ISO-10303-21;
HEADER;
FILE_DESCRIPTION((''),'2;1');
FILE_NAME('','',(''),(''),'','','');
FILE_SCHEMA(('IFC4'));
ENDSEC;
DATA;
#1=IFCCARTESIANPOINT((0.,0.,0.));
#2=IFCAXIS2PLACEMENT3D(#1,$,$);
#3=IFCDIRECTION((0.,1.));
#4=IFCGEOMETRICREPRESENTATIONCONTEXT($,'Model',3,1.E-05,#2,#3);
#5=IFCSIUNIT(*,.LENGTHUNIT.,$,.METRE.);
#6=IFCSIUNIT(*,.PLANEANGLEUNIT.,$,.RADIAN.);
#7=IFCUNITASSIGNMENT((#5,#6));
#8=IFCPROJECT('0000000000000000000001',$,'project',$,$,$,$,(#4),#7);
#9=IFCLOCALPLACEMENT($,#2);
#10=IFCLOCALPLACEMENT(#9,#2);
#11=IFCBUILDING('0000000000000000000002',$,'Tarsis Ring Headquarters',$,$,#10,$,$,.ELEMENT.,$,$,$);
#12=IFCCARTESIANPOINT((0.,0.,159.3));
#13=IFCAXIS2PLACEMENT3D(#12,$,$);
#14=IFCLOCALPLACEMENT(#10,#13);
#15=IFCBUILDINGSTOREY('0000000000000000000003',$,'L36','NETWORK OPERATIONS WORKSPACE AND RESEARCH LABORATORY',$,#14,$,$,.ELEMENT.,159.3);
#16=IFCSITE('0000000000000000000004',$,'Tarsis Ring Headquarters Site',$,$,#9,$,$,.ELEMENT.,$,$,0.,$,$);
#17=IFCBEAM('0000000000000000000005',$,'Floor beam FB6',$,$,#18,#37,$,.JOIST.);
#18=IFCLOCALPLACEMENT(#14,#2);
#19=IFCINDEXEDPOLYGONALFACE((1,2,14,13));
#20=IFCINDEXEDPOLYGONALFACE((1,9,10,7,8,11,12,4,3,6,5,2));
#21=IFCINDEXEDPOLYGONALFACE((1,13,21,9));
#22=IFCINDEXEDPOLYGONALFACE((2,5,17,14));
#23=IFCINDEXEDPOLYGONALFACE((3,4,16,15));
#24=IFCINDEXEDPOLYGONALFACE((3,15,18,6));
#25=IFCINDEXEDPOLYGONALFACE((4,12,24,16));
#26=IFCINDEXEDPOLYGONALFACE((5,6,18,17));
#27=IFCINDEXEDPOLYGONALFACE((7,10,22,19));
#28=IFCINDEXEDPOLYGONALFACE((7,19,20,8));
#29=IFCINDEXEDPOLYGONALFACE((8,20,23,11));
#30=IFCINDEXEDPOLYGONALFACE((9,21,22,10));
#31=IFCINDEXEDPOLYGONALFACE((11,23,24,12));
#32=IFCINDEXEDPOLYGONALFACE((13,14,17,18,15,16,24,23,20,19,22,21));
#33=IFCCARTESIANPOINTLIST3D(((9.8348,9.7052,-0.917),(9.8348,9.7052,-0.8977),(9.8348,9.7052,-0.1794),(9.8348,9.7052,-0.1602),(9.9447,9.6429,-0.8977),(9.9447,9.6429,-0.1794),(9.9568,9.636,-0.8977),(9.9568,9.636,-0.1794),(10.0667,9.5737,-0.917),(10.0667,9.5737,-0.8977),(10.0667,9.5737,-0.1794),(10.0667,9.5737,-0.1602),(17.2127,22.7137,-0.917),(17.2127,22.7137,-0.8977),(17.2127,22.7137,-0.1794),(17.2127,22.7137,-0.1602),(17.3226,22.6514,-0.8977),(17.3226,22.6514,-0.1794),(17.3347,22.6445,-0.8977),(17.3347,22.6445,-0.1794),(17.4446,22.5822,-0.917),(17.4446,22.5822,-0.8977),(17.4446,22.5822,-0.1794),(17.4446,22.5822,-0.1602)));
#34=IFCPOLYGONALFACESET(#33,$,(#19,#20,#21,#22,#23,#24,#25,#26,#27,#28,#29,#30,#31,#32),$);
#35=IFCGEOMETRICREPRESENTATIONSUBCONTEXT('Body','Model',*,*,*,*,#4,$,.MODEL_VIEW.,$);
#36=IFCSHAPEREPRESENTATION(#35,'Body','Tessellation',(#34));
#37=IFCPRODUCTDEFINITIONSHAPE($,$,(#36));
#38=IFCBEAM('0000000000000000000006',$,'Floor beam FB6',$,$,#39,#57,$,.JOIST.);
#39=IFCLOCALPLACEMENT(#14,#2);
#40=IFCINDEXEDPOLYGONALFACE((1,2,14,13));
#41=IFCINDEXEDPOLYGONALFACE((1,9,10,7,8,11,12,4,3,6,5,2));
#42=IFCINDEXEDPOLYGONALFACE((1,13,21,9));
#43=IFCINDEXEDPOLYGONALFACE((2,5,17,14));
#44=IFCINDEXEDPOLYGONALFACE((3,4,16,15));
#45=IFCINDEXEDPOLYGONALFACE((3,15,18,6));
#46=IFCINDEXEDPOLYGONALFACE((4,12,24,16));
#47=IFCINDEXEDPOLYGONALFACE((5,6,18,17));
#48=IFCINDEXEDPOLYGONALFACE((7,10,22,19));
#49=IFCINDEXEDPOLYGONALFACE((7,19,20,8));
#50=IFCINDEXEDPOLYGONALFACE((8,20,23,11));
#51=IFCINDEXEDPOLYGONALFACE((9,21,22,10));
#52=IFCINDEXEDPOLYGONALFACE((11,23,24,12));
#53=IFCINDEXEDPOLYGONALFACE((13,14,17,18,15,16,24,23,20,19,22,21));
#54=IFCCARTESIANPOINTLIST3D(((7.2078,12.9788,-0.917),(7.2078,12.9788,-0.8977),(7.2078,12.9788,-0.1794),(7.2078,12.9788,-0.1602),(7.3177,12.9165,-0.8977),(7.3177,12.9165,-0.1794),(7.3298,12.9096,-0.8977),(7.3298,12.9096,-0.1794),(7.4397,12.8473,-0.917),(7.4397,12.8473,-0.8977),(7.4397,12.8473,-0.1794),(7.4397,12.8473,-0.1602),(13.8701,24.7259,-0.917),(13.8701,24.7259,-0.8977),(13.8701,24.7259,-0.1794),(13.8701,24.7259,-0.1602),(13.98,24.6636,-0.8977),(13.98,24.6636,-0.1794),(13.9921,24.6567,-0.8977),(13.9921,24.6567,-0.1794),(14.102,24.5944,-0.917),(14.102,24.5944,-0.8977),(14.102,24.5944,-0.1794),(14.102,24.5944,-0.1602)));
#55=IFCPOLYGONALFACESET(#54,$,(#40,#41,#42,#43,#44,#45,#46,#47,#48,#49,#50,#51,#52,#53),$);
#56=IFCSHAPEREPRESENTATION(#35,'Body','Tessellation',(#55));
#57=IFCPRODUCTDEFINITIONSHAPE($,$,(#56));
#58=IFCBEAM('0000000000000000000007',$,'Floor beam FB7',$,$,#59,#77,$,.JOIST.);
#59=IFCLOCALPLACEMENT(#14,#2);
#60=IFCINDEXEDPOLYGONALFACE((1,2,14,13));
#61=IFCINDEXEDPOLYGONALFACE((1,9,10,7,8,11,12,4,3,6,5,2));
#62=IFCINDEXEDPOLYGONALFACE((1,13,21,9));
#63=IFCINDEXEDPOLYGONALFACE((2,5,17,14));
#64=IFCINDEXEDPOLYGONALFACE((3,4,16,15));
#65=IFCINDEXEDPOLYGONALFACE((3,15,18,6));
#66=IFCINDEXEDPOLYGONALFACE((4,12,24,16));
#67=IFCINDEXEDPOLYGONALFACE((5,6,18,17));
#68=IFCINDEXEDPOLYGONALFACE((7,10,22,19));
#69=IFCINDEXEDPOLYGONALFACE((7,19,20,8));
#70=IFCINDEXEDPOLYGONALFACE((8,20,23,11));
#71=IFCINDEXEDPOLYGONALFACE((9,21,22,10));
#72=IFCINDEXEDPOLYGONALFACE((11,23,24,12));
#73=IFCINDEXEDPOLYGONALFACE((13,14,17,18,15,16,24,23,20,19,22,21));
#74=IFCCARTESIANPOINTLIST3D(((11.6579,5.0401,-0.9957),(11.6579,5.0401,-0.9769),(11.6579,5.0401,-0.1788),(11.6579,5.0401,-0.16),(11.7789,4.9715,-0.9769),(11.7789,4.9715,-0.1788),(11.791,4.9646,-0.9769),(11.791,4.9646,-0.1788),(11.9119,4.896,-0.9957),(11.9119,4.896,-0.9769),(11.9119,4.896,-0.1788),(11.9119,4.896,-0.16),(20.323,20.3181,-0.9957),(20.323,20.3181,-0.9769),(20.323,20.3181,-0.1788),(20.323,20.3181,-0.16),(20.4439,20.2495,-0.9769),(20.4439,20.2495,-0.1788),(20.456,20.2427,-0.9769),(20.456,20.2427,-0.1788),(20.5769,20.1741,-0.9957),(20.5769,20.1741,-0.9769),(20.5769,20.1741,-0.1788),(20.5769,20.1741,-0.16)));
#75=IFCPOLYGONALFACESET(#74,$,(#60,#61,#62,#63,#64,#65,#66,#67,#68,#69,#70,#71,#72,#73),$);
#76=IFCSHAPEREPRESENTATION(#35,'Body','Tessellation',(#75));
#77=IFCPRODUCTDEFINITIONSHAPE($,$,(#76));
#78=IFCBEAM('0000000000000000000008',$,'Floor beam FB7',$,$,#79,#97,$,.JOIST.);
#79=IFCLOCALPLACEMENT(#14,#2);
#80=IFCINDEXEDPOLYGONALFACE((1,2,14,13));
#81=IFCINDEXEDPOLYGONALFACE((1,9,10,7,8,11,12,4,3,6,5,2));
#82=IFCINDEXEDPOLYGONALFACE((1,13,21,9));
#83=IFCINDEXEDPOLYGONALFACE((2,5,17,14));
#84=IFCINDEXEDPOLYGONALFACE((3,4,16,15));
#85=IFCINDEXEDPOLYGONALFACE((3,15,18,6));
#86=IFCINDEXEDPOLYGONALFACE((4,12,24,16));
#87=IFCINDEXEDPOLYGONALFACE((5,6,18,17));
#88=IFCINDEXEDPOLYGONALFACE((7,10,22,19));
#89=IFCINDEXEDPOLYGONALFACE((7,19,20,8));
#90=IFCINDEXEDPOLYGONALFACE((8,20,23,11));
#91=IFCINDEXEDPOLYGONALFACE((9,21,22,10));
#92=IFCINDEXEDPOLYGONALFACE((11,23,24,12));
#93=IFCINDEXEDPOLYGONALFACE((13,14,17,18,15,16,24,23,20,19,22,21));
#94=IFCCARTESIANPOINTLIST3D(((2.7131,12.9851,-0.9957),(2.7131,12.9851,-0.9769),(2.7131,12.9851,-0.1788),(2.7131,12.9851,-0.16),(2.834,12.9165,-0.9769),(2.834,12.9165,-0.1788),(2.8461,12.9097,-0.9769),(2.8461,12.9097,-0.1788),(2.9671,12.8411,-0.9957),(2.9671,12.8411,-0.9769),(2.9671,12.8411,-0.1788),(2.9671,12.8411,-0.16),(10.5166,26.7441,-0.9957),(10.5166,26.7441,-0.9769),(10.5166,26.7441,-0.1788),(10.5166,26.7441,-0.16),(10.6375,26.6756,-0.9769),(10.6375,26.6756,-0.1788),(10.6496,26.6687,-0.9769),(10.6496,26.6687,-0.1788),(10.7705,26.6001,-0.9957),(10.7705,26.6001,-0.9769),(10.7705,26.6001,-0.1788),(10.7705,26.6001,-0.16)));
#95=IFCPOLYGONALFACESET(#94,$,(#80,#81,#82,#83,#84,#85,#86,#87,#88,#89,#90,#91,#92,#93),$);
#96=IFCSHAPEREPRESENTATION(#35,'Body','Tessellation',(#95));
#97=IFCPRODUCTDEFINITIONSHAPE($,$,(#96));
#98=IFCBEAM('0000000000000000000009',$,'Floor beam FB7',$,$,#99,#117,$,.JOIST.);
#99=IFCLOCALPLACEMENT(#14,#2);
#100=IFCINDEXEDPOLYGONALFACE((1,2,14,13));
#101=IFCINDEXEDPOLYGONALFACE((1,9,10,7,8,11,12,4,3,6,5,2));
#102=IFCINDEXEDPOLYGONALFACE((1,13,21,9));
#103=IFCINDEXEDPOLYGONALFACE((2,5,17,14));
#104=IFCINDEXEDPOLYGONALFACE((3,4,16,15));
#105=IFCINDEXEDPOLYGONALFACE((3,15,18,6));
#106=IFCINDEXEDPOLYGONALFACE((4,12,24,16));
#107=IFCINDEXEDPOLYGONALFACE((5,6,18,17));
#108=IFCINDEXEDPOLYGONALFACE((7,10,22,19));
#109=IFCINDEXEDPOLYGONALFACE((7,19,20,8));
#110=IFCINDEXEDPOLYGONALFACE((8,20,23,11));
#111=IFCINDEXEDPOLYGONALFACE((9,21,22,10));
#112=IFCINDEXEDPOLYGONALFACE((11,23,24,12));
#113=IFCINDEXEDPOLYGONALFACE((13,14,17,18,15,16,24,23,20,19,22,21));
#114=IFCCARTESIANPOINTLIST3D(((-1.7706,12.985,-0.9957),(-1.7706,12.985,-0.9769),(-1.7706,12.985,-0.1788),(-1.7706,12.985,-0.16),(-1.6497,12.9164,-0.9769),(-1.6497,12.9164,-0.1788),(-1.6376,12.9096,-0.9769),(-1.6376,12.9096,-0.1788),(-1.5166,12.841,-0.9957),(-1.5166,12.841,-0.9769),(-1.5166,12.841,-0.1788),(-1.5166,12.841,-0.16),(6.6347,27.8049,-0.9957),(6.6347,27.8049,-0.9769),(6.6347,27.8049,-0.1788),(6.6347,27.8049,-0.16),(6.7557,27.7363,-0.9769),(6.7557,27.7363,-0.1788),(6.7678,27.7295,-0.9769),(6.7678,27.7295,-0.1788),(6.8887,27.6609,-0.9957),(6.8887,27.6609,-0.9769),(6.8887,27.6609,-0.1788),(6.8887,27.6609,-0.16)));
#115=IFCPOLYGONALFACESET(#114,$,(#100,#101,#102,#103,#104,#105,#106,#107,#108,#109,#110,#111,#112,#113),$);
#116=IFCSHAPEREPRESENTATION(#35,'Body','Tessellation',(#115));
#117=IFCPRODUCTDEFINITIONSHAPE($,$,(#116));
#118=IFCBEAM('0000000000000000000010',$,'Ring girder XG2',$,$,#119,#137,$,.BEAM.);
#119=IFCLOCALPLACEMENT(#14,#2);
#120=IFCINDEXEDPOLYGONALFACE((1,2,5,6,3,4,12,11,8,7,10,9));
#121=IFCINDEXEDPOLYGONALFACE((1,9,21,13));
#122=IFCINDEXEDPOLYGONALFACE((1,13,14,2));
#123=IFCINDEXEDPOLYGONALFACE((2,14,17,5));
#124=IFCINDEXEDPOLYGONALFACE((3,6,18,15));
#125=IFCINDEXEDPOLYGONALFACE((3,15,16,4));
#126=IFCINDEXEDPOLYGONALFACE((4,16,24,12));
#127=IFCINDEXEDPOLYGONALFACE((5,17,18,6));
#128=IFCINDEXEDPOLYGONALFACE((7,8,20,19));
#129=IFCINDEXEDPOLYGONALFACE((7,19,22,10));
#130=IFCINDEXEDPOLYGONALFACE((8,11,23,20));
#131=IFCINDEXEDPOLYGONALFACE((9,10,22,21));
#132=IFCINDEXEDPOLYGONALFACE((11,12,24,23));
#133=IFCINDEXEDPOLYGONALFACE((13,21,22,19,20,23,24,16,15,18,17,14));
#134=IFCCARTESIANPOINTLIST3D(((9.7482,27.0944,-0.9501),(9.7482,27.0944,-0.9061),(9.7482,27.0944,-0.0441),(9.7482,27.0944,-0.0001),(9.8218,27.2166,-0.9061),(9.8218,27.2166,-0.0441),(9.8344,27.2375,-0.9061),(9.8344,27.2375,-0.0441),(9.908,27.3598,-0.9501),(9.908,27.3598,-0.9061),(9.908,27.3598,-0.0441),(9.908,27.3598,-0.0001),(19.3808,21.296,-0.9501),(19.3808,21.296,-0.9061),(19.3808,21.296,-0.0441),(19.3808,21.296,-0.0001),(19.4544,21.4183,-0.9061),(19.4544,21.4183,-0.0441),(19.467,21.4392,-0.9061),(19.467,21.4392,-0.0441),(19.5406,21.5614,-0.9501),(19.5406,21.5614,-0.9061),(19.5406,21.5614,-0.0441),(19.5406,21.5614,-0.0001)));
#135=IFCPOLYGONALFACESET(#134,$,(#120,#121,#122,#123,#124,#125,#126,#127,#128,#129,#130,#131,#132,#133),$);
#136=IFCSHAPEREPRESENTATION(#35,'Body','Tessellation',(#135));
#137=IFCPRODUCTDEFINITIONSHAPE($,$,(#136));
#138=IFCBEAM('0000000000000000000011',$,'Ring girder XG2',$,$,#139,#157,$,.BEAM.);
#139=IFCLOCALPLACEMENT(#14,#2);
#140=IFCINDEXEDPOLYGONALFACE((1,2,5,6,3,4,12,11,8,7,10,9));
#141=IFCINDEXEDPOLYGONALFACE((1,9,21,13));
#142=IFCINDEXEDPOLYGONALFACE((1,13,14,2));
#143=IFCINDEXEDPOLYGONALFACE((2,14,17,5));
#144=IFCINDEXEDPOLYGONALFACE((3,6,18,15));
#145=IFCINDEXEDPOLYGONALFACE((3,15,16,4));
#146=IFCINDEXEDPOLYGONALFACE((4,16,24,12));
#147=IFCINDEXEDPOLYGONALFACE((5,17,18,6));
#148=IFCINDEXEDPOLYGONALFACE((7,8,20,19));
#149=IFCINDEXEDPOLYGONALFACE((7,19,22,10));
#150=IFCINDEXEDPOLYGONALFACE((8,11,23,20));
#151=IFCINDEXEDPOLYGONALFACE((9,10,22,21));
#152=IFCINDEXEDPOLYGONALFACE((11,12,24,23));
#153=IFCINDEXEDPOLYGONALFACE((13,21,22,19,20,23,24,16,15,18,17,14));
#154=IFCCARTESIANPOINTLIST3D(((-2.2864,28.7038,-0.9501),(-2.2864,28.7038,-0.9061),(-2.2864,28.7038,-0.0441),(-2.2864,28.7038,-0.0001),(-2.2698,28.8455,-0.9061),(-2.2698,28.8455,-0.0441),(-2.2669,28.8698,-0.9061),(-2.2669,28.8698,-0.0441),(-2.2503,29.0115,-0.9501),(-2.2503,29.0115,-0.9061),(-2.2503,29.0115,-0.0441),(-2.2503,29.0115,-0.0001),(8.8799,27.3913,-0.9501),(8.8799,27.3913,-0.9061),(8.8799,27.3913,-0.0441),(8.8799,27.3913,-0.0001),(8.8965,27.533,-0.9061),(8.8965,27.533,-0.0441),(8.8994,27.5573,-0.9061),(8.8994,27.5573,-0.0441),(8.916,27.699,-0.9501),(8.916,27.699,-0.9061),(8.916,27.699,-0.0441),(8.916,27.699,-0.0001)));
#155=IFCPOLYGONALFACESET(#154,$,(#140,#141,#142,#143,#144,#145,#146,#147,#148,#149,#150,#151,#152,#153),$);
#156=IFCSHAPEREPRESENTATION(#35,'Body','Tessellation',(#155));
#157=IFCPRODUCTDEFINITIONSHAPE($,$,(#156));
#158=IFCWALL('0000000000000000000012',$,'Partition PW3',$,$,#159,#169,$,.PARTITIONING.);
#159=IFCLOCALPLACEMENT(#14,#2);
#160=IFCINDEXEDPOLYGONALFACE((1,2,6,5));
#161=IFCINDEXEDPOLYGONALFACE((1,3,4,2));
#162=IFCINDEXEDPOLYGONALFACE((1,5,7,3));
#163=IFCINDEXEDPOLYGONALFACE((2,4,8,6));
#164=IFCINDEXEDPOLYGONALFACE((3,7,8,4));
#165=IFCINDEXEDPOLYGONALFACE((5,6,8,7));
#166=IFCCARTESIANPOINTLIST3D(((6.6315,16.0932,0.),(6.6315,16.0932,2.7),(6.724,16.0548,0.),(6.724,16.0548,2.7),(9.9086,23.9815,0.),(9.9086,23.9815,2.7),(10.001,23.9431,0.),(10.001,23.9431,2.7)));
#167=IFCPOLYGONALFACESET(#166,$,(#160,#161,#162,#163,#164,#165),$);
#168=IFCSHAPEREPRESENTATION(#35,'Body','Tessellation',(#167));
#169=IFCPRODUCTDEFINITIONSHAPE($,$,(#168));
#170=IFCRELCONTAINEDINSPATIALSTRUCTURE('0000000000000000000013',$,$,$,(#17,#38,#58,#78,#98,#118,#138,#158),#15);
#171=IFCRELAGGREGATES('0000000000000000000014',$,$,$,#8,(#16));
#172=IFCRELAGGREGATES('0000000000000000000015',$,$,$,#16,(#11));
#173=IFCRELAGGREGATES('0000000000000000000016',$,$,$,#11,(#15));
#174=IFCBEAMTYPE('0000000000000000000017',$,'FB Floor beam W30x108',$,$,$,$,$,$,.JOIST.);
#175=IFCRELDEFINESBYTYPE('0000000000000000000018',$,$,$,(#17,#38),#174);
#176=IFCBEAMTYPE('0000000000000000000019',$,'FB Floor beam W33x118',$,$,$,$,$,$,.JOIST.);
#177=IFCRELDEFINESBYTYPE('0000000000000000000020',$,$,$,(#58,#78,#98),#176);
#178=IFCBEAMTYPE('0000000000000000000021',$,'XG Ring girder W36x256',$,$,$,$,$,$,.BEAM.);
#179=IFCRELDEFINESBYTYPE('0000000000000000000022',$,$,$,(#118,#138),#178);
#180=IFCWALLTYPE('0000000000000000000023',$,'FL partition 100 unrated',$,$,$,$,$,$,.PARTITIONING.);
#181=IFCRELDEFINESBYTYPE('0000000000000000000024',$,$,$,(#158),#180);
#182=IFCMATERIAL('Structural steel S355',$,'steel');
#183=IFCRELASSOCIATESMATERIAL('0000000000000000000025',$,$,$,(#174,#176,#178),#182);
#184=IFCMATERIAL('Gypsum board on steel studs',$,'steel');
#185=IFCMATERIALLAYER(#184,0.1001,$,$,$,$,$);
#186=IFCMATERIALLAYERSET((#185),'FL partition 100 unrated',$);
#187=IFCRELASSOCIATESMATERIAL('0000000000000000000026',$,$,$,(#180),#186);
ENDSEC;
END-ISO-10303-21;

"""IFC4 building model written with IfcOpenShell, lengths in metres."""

from ifc_helpers import new_model, si_unit, direction, frame, frame_2d, origin, origin_2d, place, context, subcontext, project, spatial, rectangle, i_section, extrude, material, layer, layer_set, material_profile, profile_set, type_object, element, save


model = new_model("IFC4")

# Units and contexts
model_context = context("Model", 3, precision=1e-05, world=origin(), true_north=direction((0.0, 1.0)))
body_context = subcontext(model_context, "Body", "Model", "MODEL_VIEW")
ifc_project = project(units=[si_unit("LENGTHUNIT", "METRE"), si_unit("PLANEANGLEUNIT", "RADIAN")], contexts=[model_context])

# Site, building, storey
site_placement = place(None, origin())
site = spatial("IfcSite", under=ifc_project, at=site_placement, Name="Tarsis Ring Headquarters Site", CompositionType="ELEMENT", RefElevation=0.0)
building_placement = place(site_placement, origin())
building = spatial("IfcBuilding", under=site, at=building_placement, Name="Tarsis Ring Headquarters", CompositionType="ELEMENT")
storey_placement = place(building_placement, frame((0.0, 0.0, 159.3)))
storey = spatial("IfcBuildingStorey", under=building, at=storey_placement, Name="L36", Description="NETWORK OPERATIONS WORKSPACE AND RESEARCH LABORATORY", CompositionType="ELEMENT", Elevation=159.3)

# Shared definitions
ifc_material_1 = material(Name="Structural steel S355", Category="steel")

# Beams
ifc_material_profile_1 = material_profile(ifc_material_1, i_section(OverallWidth=0.2666, OverallDepth=0.7568, WebThickness=0.0139, FlangeThickness=0.0193, at=origin_2d()), Name="W30x108")
ifc_profile_set_1 = profile_set([ifc_material_profile_1], Name="Structural steel S355")
beam_type_1 = type_object("IfcBeamType", Name="FB Floor beam W30x108", PredefinedType="JOIST", material=ifc_profile_set_1)
beam_1_placement = place(storey_placement, frame((17.3286, 22.6479, -0.5386), z_axis=(-0.493338, -0.869838, 0.0), x_axis=(0.869838, -0.493338, 0.0)))
element("IfcBeam", 1, at=beam_1_placement, inside=storey, type_object=beam_type_1, Name="Floor beam FB6", PredefinedType="JOIST", context=body_context, shape_type="SweptSolid", body=[
    extrude(i_section(OverallWidth=0.2666, OverallDepth=0.7568, WebThickness=0.0139, FlangeThickness=0.0193, at=origin_2d()), origin(), (0.0, 0.0, 1.0), 14.9551),
])
beam_2_placement = place(storey_placement, frame((13.9861, 24.6602, -0.5386), z_axis=(-0.493331, -0.869842, 0.0), x_axis=(0.869842, -0.493331, 0.0)))
element("IfcBeam", 2, at=beam_2_placement, inside=storey, type_object=beam_type_1, Name="Floor beam FB6", PredefinedType="JOIST", context=body_context, shape_type="SweptSolid", body=[
    extrude(i_section(OverallWidth=0.2666, OverallDepth=0.7568, WebThickness=0.0139, FlangeThickness=0.0193, at=origin_2d()), origin(), (0.0, 0.0, 1.0), 13.5049),
])
ifc_material_profile_2 = material_profile(ifc_material_1, i_section(OverallWidth=0.292, OverallDepth=0.8357, WebThickness=0.0139, FlangeThickness=0.0188, at=origin_2d()), Name="W33x118")
ifc_profile_set_2 = profile_set([ifc_material_profile_2], Name="Structural steel S355")
beam_type_2 = type_object("IfcBeamType", Name="FB Floor beam W33x118", PredefinedType="JOIST", material=ifc_profile_set_2)
beam_3_placement = place(storey_placement, frame((20.45, 20.2461, -0.5779), z_axis=(-0.493334, -0.86984, 0.0), x_axis=(0.86984, -0.493334, 0.0)))
element("IfcBeam", 3, at=beam_3_placement, inside=storey, type_object=beam_type_2, Name="Floor beam FB7", PredefinedType="JOIST", context=body_context, shape_type="SweptSolid", body=[
    extrude(i_section(OverallWidth=0.292, OverallDepth=0.8357, WebThickness=0.0139, FlangeThickness=0.0188, at=origin_2d()), origin(), (0.0, 0.0, 1.0), 17.5642),
])
beam_4_placement = place(storey_placement, frame((10.6436, 26.6721, -0.5779), z_axis=(-0.493332, -0.869841, 0.0), x_axis=(0.869841, -0.493332, 0.0)))
element("IfcBeam", 4, at=beam_4_placement, inside=storey, type_object=beam_type_2, Name="Floor beam FB7", PredefinedType="JOIST", context=body_context, shape_type="SweptSolid", body=[
    extrude(i_section(OverallWidth=0.292, OverallDepth=0.8357, WebThickness=0.0139, FlangeThickness=0.0188, at=origin_2d()), origin(), (0.0, 0.0, 1.0), 15.8179),
])
beam_5_placement = place(storey_placement, frame((6.7617, 27.7329, -0.5779), z_axis=(-0.49334, -0.869837, 0.0), x_axis=(0.869837, -0.49334, 0.0)))
element("IfcBeam", 5, at=beam_5_placement, inside=storey, type_object=beam_type_2, Name="Floor beam FB7", PredefinedType="JOIST", context=body_context, shape_type="SweptSolid", body=[
    extrude(i_section(OverallWidth=0.292, OverallDepth=0.8357, WebThickness=0.0139, FlangeThickness=0.0188, at=origin_2d()), origin(), (0.0, 0.0, 1.0), 17.0376),
])
ifc_material_profile_3 = material_profile(ifc_material_1, i_section(OverallWidth=0.3098, OverallDepth=0.95, WebThickness=0.0244, FlangeThickness=0.0439, at=origin_2d()), Name="W36x256")
ifc_profile_set_3 = profile_set([ifc_material_profile_3], Name="Structural steel S355")
beam_type_3 = type_object("IfcBeamType", Name="XG Ring girder W36x256", PredefinedType="BEAM", material=ifc_profile_set_3)
for number, where, z_axis, x_axis, name in (
    (6, (19.4607, 21.4287, -0.4751), (-0.856754, 0.515725, 0.0), (-0.515725, -0.856754, 0.0), "Ring girder XG2"),
    (7, (8.8979, 27.5452, -0.4751), (-0.993163, 0.116738, 0.0), (-0.116738, -0.993163, 0.0), "Ring girder XG2"),
):
    element("IfcBeam", number, at=place(storey_placement, frame(where, z_axis=z_axis, x_axis=x_axis)), inside=storey, type_object=beam_type_3, Name=name, PredefinedType="BEAM", context=body_context, shape_type="SweptSolid", body=[
        extrude(i_section(OverallWidth=0.3098, OverallDepth=0.95, WebThickness=0.0244, FlangeThickness=0.0439, at=origin_2d()), origin(), (0.0, 0.0, 1.0), 11.2432),
    ])

# Wall
ifc_material_2 = material(Name="Gypsum board on steel studs", Category="steel")
ifc_layer_1 = layer(ifc_material_2, 0.1001)
ifc_layer_set_1 = layer_set([ifc_layer_1], Name="FL partition 100 unrated")
wall_type_1 = type_object("IfcWallType", Name="FL partition 100 unrated", PredefinedType="PARTITIONING", material=ifc_layer_set_1)
wall_1_placement = place(storey_placement, frame((6.6777, 16.074, 0.0), z_axis=(0.0, 0.0, 1.0), x_axis=(0.383643, 0.923481, 0.0)))
element("IfcWall", 8, at=wall_1_placement, inside=storey, type_object=wall_type_1, Name="Partition PW3", PredefinedType="PARTITIONING", context=body_context, shape_type="SweptSolid", body=[
    extrude(rectangle(XDim=8.542, YDim=0.1001, at=frame_2d((4.271, 0.0))), origin(), (0.0, 0.0, 1.0), 2.7),
])

save(model, "model.ifc")
